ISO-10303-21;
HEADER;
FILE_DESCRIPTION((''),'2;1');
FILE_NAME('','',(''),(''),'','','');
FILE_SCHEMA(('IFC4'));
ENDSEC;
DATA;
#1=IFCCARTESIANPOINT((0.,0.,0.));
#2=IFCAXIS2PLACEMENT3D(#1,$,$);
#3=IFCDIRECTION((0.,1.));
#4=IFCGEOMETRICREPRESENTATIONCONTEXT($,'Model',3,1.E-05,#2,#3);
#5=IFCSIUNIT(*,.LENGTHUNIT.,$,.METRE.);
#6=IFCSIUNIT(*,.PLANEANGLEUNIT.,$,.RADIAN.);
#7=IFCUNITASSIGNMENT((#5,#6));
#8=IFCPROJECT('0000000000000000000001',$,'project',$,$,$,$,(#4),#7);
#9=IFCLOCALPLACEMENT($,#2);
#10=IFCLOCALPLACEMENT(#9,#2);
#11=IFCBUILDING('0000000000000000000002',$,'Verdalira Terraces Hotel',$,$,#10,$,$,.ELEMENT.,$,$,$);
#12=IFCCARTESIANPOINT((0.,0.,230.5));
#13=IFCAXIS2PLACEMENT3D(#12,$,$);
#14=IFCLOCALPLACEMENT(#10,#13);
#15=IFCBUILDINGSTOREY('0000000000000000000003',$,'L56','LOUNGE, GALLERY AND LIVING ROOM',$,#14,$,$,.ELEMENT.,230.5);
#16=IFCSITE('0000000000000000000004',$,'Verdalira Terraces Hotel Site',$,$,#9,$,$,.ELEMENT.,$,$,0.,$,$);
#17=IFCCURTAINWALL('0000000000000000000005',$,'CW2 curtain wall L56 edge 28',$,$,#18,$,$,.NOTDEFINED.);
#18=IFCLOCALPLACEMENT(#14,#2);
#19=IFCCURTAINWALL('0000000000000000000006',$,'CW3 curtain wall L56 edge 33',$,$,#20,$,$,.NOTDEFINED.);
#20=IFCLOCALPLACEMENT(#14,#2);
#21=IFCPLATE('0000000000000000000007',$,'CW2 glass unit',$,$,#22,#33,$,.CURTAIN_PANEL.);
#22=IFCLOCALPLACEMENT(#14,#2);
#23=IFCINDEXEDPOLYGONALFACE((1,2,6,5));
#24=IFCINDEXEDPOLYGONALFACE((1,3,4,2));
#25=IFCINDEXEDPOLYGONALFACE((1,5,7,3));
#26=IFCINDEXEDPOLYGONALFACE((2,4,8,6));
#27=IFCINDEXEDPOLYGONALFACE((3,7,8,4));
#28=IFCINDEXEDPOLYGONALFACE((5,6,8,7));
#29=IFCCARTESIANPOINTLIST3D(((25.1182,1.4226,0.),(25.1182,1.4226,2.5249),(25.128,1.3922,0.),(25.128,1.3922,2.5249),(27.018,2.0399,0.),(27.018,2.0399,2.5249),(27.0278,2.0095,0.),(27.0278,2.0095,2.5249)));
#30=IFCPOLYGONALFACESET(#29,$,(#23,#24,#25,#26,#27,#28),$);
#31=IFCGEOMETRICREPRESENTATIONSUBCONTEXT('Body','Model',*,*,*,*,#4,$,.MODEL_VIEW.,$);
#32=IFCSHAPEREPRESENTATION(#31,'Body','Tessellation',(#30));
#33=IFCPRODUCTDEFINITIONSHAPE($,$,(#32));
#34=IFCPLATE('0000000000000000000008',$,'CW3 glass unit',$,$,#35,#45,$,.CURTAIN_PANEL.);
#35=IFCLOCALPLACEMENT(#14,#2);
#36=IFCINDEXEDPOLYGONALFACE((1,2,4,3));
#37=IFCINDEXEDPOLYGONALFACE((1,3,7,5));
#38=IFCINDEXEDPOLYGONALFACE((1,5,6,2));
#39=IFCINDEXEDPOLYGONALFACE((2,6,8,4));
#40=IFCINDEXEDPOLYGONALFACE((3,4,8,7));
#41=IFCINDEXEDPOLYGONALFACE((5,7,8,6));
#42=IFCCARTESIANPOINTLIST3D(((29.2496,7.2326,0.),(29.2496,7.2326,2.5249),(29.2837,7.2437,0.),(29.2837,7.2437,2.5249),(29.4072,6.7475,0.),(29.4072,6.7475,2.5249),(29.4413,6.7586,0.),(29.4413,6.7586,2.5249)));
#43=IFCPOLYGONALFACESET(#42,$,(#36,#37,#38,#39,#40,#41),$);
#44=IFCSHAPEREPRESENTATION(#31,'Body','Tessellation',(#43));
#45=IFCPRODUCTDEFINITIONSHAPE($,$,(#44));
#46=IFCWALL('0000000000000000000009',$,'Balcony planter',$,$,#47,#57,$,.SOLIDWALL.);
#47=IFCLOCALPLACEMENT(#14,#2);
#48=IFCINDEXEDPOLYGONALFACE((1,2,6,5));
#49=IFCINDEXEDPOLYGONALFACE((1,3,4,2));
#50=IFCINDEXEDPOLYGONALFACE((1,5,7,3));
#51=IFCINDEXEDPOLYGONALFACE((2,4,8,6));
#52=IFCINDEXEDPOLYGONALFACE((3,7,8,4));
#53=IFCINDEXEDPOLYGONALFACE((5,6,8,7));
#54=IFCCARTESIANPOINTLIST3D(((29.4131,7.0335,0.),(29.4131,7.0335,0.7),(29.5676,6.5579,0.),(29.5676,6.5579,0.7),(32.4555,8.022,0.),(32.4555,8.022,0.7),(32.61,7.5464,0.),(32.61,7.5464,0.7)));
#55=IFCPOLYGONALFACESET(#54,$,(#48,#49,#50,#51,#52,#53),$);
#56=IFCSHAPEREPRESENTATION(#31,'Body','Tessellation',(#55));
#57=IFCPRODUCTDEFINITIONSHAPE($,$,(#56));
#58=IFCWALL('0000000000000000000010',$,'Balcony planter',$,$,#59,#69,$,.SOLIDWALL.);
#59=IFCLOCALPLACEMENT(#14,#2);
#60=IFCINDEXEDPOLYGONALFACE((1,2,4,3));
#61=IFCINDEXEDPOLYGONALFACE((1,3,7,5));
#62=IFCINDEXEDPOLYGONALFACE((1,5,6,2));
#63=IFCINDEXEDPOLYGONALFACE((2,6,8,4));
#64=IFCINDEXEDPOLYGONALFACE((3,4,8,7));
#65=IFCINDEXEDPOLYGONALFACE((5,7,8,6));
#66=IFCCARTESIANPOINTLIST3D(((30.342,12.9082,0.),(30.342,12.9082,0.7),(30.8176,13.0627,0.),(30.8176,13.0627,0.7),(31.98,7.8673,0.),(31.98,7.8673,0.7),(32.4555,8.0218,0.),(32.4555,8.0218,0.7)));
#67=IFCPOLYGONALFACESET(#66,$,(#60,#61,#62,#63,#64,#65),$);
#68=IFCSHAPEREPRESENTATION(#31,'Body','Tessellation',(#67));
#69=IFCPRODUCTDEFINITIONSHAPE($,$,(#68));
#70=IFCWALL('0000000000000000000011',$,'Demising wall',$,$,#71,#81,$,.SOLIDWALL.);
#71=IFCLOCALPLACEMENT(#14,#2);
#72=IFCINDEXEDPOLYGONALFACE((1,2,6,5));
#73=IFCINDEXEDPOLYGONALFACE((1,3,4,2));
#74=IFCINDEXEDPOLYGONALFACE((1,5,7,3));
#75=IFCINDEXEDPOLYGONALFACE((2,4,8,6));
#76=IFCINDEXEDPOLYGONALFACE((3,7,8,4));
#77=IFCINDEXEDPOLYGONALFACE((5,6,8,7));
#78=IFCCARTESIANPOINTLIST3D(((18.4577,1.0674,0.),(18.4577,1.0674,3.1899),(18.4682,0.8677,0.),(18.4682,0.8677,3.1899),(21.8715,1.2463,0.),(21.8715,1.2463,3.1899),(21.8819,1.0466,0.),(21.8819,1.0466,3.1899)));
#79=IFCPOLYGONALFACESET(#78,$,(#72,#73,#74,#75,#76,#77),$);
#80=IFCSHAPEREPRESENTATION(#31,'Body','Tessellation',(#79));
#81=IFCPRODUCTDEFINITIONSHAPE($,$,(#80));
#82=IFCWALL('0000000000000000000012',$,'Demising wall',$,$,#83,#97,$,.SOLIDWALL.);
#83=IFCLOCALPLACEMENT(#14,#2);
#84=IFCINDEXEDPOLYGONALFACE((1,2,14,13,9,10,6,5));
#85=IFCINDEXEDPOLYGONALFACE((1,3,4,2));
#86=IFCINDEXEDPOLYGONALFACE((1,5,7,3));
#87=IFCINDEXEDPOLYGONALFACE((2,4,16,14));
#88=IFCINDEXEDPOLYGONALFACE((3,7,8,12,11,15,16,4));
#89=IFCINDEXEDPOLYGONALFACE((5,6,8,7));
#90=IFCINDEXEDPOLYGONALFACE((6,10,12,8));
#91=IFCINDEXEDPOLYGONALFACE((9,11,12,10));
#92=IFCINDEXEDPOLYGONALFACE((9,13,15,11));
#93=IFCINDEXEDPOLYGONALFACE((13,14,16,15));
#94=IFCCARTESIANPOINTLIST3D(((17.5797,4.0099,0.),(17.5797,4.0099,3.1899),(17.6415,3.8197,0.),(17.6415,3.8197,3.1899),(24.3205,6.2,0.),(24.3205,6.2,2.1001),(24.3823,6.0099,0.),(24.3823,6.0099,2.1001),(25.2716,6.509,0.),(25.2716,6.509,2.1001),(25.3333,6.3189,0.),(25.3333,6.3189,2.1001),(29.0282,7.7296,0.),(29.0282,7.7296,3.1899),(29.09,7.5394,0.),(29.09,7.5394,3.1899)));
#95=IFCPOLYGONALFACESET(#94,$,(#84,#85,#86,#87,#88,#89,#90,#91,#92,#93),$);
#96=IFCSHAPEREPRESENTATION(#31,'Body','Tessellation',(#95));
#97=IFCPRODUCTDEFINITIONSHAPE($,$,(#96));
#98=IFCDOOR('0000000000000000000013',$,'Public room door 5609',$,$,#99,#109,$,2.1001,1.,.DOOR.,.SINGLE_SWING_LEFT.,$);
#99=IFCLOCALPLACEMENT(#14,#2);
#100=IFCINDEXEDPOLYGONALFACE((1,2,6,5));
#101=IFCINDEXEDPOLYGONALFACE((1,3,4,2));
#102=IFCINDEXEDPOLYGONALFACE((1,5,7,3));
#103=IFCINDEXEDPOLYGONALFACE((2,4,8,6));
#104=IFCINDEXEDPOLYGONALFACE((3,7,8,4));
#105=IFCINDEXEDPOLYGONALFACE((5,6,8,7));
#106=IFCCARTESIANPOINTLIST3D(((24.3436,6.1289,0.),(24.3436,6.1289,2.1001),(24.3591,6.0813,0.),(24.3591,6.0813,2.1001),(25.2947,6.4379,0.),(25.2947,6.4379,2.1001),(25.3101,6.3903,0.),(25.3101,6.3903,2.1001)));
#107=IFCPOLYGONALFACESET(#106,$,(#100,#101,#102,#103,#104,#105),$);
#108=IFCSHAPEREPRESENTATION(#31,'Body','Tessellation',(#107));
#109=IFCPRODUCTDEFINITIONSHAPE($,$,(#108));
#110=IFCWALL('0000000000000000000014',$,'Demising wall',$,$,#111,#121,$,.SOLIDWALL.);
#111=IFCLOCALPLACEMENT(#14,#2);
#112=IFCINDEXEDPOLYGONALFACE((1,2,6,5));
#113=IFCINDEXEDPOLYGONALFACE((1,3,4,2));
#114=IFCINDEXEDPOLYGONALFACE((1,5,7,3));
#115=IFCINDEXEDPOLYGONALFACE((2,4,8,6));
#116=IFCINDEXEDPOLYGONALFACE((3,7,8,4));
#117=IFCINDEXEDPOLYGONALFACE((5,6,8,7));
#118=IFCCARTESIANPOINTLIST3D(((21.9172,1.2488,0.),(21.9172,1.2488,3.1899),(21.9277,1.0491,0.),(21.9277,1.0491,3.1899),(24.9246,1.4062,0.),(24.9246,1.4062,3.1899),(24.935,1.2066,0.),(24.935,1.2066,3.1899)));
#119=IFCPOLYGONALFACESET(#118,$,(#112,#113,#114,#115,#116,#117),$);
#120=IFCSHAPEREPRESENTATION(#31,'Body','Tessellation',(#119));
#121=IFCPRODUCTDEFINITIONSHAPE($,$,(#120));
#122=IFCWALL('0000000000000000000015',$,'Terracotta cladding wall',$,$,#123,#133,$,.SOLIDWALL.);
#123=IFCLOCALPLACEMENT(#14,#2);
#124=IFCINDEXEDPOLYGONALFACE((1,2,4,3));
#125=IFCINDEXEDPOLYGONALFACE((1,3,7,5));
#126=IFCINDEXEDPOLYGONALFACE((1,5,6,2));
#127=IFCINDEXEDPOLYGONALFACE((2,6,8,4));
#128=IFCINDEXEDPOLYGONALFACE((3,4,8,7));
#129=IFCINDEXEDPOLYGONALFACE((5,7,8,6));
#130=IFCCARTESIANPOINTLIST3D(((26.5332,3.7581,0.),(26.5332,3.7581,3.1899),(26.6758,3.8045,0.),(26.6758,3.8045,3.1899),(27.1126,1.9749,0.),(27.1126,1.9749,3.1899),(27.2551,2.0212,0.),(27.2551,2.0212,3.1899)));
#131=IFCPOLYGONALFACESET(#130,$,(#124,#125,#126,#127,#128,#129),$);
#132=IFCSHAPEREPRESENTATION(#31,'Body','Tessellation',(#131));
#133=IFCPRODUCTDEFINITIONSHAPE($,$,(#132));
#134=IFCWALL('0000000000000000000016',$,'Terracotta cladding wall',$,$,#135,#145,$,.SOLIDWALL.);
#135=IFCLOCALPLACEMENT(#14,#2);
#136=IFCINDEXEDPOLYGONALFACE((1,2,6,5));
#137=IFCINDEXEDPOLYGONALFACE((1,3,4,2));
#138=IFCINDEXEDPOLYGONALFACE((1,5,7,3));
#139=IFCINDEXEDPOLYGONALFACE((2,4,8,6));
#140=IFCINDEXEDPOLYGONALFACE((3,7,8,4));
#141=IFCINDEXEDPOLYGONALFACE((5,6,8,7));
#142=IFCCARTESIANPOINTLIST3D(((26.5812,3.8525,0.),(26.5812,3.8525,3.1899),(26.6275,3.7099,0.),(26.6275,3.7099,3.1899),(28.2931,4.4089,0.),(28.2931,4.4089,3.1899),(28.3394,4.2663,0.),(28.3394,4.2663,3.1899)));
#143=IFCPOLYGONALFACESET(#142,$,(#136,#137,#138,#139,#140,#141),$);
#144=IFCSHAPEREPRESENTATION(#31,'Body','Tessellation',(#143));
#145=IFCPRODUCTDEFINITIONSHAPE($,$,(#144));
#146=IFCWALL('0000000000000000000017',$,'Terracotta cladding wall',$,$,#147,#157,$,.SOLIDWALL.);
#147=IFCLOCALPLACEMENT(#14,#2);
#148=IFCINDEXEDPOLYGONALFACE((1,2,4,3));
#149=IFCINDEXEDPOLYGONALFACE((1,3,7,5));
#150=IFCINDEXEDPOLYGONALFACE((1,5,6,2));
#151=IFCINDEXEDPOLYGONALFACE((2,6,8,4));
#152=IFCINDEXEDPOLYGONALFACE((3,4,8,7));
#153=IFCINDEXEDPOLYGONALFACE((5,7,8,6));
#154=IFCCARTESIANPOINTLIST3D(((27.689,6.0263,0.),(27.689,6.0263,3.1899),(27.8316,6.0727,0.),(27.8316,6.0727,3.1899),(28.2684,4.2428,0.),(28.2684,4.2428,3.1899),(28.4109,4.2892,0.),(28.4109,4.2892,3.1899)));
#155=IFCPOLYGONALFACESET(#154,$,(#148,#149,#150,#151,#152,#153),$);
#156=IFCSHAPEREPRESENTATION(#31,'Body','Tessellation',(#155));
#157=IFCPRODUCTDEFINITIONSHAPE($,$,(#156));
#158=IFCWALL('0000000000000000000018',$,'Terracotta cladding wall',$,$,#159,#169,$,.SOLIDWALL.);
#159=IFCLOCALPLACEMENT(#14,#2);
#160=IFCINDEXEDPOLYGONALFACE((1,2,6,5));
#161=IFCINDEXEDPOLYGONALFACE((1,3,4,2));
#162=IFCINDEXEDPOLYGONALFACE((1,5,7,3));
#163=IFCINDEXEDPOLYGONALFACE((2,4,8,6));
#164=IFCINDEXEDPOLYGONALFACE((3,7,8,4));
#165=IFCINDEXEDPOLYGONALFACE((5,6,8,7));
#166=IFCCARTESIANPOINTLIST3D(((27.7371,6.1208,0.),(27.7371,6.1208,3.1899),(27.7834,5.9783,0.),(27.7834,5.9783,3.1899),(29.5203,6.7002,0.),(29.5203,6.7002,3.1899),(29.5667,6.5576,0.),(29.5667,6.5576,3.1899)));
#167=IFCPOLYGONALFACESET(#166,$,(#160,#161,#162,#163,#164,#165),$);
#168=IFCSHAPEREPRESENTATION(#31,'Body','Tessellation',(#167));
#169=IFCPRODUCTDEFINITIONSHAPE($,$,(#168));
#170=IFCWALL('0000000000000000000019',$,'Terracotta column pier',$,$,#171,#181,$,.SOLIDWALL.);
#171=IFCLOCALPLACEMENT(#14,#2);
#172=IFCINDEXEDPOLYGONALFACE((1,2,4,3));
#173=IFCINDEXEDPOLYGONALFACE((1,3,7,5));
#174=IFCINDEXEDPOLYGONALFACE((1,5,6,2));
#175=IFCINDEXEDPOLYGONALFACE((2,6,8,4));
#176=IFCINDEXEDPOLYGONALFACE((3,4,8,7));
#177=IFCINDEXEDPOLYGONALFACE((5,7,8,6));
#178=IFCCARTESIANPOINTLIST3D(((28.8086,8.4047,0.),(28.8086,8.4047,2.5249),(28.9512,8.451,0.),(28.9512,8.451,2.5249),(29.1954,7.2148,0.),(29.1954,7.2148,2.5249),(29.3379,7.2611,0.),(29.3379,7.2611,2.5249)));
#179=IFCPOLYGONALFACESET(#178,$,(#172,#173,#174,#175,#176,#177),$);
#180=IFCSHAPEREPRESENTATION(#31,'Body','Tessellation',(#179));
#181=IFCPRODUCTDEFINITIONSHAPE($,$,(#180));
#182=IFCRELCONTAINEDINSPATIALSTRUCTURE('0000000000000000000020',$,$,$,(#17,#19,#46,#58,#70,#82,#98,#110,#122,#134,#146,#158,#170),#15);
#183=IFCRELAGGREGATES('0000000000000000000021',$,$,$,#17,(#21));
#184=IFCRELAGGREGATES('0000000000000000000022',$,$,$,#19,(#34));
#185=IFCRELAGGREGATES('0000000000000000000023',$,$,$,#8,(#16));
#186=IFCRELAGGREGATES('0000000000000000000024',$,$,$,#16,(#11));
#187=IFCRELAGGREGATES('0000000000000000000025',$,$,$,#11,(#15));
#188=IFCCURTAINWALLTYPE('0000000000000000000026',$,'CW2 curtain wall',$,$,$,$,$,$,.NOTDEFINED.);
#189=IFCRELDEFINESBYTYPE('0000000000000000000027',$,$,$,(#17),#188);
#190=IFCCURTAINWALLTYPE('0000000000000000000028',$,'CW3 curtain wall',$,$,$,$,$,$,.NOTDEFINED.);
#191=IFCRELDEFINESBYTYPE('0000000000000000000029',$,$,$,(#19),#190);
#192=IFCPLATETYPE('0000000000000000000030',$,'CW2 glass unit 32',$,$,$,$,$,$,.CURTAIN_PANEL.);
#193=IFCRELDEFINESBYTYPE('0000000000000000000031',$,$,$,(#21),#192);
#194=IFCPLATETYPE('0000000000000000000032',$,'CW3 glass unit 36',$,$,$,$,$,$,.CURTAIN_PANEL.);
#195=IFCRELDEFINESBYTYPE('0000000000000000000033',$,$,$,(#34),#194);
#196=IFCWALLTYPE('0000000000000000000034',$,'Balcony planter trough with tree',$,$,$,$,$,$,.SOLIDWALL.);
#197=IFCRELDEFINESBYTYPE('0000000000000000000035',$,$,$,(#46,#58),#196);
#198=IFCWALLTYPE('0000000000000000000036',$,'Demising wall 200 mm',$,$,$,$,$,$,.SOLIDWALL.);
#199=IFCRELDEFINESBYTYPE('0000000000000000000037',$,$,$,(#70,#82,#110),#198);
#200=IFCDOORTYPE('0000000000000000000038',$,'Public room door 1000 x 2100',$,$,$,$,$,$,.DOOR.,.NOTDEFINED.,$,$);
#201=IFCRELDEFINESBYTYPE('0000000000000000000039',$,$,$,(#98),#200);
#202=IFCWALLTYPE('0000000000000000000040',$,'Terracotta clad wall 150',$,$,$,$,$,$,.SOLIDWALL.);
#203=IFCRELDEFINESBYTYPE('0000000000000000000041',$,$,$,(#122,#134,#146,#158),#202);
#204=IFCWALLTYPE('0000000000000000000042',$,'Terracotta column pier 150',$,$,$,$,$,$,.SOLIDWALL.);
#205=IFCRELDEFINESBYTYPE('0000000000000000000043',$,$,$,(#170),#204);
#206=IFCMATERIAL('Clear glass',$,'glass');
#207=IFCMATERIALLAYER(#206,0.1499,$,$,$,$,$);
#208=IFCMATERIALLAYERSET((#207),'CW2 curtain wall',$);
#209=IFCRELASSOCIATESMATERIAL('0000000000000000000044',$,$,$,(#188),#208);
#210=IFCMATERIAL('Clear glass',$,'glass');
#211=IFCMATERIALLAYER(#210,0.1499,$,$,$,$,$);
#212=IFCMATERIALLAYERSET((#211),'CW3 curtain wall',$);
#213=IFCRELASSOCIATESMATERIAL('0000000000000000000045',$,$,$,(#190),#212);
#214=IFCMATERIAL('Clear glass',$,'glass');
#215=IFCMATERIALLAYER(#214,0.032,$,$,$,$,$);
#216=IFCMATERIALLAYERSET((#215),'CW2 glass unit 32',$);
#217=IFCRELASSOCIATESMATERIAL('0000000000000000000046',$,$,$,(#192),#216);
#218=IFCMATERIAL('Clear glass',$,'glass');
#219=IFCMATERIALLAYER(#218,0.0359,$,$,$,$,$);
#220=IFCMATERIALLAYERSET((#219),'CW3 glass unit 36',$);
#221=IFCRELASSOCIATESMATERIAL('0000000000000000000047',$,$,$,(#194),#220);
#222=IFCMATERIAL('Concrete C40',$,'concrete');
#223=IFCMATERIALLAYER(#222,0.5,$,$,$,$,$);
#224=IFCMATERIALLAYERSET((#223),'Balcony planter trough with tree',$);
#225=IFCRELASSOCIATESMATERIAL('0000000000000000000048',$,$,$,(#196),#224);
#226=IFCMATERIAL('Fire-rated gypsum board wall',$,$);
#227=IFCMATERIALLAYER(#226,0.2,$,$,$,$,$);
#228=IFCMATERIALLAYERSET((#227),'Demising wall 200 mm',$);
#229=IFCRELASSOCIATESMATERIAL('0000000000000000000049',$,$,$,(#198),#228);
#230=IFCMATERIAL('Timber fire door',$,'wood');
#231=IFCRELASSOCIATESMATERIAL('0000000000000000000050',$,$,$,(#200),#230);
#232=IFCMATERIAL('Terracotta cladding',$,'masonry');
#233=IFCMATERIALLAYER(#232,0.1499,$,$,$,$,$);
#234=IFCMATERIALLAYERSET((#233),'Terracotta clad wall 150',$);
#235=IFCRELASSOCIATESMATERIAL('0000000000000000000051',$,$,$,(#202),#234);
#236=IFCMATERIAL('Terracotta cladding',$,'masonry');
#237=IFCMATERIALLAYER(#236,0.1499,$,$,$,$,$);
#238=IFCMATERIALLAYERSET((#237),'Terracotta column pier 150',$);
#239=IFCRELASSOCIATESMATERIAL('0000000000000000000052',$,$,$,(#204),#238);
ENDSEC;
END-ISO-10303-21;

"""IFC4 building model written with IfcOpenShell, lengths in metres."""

from ifc_helpers import new_model, si_unit, direction, frame, frame_2d, origin, origin_2d, place, context, subcontext, project, spatial, rectangle, extrude, material, layer, layer_set, type_object, element, fill, aggregate, save


model = new_model("IFC4")

# Units and contexts
model_context = context("Model", 3, precision=1e-05, world=origin(), true_north=direction((0.0, 1.0)))
body_context = subcontext(model_context, "Body", "Model", "MODEL_VIEW")
ifc_project = project(units=[si_unit("LENGTHUNIT", "METRE"), si_unit("PLANEANGLEUNIT", "RADIAN")], contexts=[model_context])

# Site, building, storey
site_placement = place(None, origin())
site = spatial("IfcSite", under=ifc_project, at=site_placement, Name="Verdalira Terraces Hotel Site", CompositionType="ELEMENT", RefElevation=0.0)
building_placement = place(site_placement, origin())
building = spatial("IfcBuilding", under=site, at=building_placement, Name="Verdalira Terraces Hotel", CompositionType="ELEMENT")
storey_placement = place(building_placement, frame((0.0, 0.0, 230.5)))
storey = spatial("IfcBuildingStorey", under=building, at=storey_placement, Name="L56", Description="LOUNGE, GALLERY AND LIVING ROOM", CompositionType="ELEMENT", Elevation=230.5)

# Curtain walls
ifc_material_1 = material(Name="Clear glass", Category="glass")
ifc_layer_1 = layer(ifc_material_1, 0.1499)
ifc_layer_set_1 = layer_set([ifc_layer_1], Name="CW2 curtain wall")
curtain_wall_type_1 = type_object("IfcCurtainWallType", Name="CW2 curtain wall", PredefinedType="NOTDEFINED", material=ifc_layer_set_1)
curtain_wall_1_placement = place(storey_placement, origin())
curtain_wall_1 = element("IfcCurtainWall", 1, at=curtain_wall_1_placement, inside=storey, type_object=curtain_wall_type_1, Name="CW2 curtain wall L56 edge 28", PredefinedType="NOTDEFINED")
ifc_material_2 = material(Name="Clear glass", Category="glass")
ifc_layer_2 = layer(ifc_material_2, 0.1499)
ifc_layer_set_2 = layer_set([ifc_layer_2], Name="CW3 curtain wall")
curtain_wall_type_2 = type_object("IfcCurtainWallType", Name="CW3 curtain wall", PredefinedType="NOTDEFINED", material=ifc_layer_set_2)
curtain_wall_2_placement = place(storey_placement, origin())
curtain_wall_2 = element("IfcCurtainWall", 2, at=curtain_wall_2_placement, inside=storey, type_object=curtain_wall_type_2, Name="CW3 curtain wall L56 edge 33", PredefinedType="NOTDEFINED")

# Plates
ifc_material_3 = material(Name="Clear glass", Category="glass")
ifc_layer_3 = layer(ifc_material_3, 0.032)
ifc_layer_set_3 = layer_set([ifc_layer_3], Name="CW2 glass unit 32")
plate_type_1 = type_object("IfcPlateType", Name="CW2 glass unit 32", PredefinedType="CURTAIN_PANEL", material=ifc_layer_set_3)
plate_1_placement = place(storey_placement, frame((26.073, 1.7161, 0.0), z_axis=(0.0, 0.0, 1.0), x_axis=(0.951057, 0.309017, 0.0)))
plate_1 = element("IfcPlate", 3, at=plate_1_placement, type_object=plate_type_1, Name="CW2 glass unit", PredefinedType="CURTAIN_PANEL", context=body_context, shape_type="SweptSolid", body=[
    extrude(rectangle(XDim=1.9976, YDim=0.032, at=origin_2d()), origin(), (0.0, 0.0, 1.0), 2.5249),
])
aggregate(curtain_wall_1, [plate_1])
ifc_material_4 = material(Name="Clear glass", Category="glass")
ifc_layer_4 = layer(ifc_material_4, 0.0359)
ifc_layer_set_4 = layer_set([ifc_layer_4], Name="CW3 glass unit 36")
plate_type_2 = type_object("IfcPlateType", Name="CW3 glass unit 36", PredefinedType="CURTAIN_PANEL", material=ifc_layer_set_4)
plate_2_placement = place(storey_placement, frame((29.3455, 6.9956, 0.0), z_axis=(0.0, 0.0, 1.0), x_axis=(-0.309017, 0.951057, 0.0)))
plate_2 = element("IfcPlate", 4, at=plate_2_placement, type_object=plate_type_2, Name="CW3 glass unit", PredefinedType="CURTAIN_PANEL", context=body_context, shape_type="SweptSolid", body=[
    extrude(rectangle(XDim=0.51, YDim=0.0359, at=origin_2d()), origin(), (0.0, 0.0, 1.0), 2.5249),
])
aggregate(curtain_wall_2, [plate_2])

# Walls
ifc_material_5 = material(Name="Concrete C40", Category="concrete")
ifc_layer_5 = layer(ifc_material_5, 0.5)
ifc_layer_set_5 = layer_set([ifc_layer_5], Name="Balcony planter trough with tree")
wall_type_1 = type_object("IfcWallType", Name="Balcony planter trough with tree", PredefinedType="SOLIDWALL", material=ifc_layer_set_5)
wall_1_placement = place(storey_placement, frame((29.4902, 6.7957, 0.0), z_axis=(0.0, 0.0, 1.0), x_axis=(0.95106, 0.309007, 0.0)))
element("IfcWall", 5, at=wall_1_placement, inside=storey, type_object=wall_type_1, Name="Balcony planter", PredefinedType="SOLIDWALL", context=body_context, shape_type="SweptSolid", body=[
    extrude(rectangle(XDim=3.199, YDim=0.5, at=frame_2d((1.5996, 0.0))), origin(), (0.0, 0.0, 1.0), 0.7),
])
wall_2_placement = place(storey_placement, frame((32.2178, 7.9446, 0.0), z_axis=(0.0, 0.0, 1.0), x_axis=(-0.309033, 0.951051, 0.0)))
element("IfcWall", 6, at=wall_2_placement, inside=storey, type_object=wall_type_1, Name="Balcony planter", PredefinedType="SOLIDWALL", context=body_context, shape_type="SweptSolid", body=[
    extrude(rectangle(XDim=5.3003, YDim=0.5, at=frame_2d((2.6501, 0.0))), origin(), (0.0, 0.0, 1.0), 0.7),
])
ifc_material_6 = material(Name="Fire-rated gypsum board wall")
ifc_layer_6 = layer(ifc_material_6, 0.2)
ifc_layer_set_6 = layer_set([ifc_layer_6], Name="Demising wall 200 mm")
wall_type_2 = type_object("IfcWallType", Name="Demising wall 200 mm", PredefinedType="SOLIDWALL", material=ifc_layer_set_6)
wall_3_placement = place(storey_placement, frame((21.8767, 1.1465, 0.0), z_axis=(0.0, 0.0, 1.0), x_axis=(-0.998629, -0.052349, 0.0)))
element("IfcWall", 7, at=wall_3_placement, inside=storey, type_object=wall_type_2, Name="Demising wall", PredefinedType="SOLIDWALL", context=body_context, shape_type="SweptSolid", body=[
    extrude(rectangle(XDim=3.4185, YDim=0.2, at=frame_2d((1.7092, 0.0))), origin(), (0.0, 0.0, 1.0), 3.1899),
])

# Wall, opening, door
wall_4_placement = place(storey_placement, frame((29.0591, 7.6345, 0.0), z_axis=(0.0, 0.0, 1.0), x_axis=(-0.951059, -0.309009, 0.0)))
wall_4 = element("IfcWall", 8, at=wall_4_placement, inside=storey, type_object=wall_type_2, Name="Demising wall", PredefinedType="SOLIDWALL", context=body_context, shape_type="SweptSolid", body=[
    extrude(rectangle(XDim=12.0376, YDim=0.2, at=frame_2d((6.0188, 0.0))), origin(), (0.0, 0.0, 1.0), 3.1899),
])
opening_placement = place(wall_4_placement, frame((3.95, 0.0, 0.0)))
opening = element("IfcOpeningElement", 9, at=opening_placement, cuts=wall_4, PredefinedType="OPENING", context=body_context, shape_type="SweptSolid", body=[
    extrude(rectangle(XDim=1.0, YDim=2.1001, at=frame_2d((0.5, 1.05))), frame((0.0, 0.1099, 0.0), z_axis=(0.0, -1.0, 0.0), x_axis=(1.0, 0.0, 0.0)), (0.0, 0.0, 1.0), 0.22),
])
ifc_material_7 = material(Name="Timber fire door", Category="wood")
door_type = type_object("IfcDoorType", Name="Public room door 1000 x 2100", OperationType="NOTDEFINED", PredefinedType="DOOR", material=ifc_material_7)
door_placement = place(opening_placement, origin())
door = element("IfcDoor", 10, at=door_placement, inside=storey, type_object=door_type, Name="Public room door 5609", OperationType="SINGLE_SWING_LEFT", OverallHeight=2.1001, OverallWidth=1.0, PredefinedType="DOOR", context=body_context, shape_type="SweptSolid", body=[
    extrude(rectangle(XDim=1.0, YDim=2.1001, at=frame_2d((0.5, 1.05))), frame((0.0, 0.0249, 0.0), z_axis=(0.0, -1.0, 0.0), x_axis=(1.0, 0.0, 0.0)), (0.0, 0.0, 1.0), 0.05),
])
fill(opening, door)

# Walls
wall_5_placement = place(storey_placement, frame((24.9299, 1.3064, 0.0), z_axis=(0.0, 0.0, 1.0), x_axis=(-0.998632, -0.052291, 0.0)))
element("IfcWall", 11, at=wall_5_placement, inside=storey, type_object=wall_type_2, Name="Demising wall", PredefinedType="SOLIDWALL", context=body_context, shape_type="SweptSolid", body=[
    extrude(rectangle(XDim=3.0115, YDim=0.2, at=frame_2d((1.5059, 0.0))), origin(), (0.0, 0.0, 1.0), 3.1899),
])
ifc_material_8 = material(Name="Terracotta cladding", Category="masonry")
ifc_layer_7 = layer(ifc_material_8, 0.1499)
ifc_layer_set_7 = layer_set([ifc_layer_7], Name="Terracotta clad wall 150")
wall_type_3 = type_object("IfcWallType", Name="Terracotta clad wall 150", PredefinedType="SOLIDWALL", material=ifc_layer_set_7)
wall_6_placement = place(storey_placement, frame((27.1838, 1.998, 0.0), z_axis=(0.0, 0.0, 1.0), x_axis=(-0.308992, 0.951065, 0.0)))
element("IfcWall", 12, at=wall_6_placement, inside=storey, type_object=wall_type_3, Name="Terracotta cladding wall", PredefinedType="SOLIDWALL", context=body_context, shape_type="SweptSolid", body=[
    extrude(rectangle(XDim=1.875, YDim=0.1499, at=frame_2d((0.9375, 0.0))), origin(), (0.0, 0.0, 1.0), 3.1899),
])
wall_7_placement = place(storey_placement, frame((26.6045, 3.7812, 0.0), z_axis=(0.0, 0.0, 1.0), x_axis=(0.95103, 0.309098, 0.0)))
element("IfcWall", 13, at=wall_7_placement, inside=storey, type_object=wall_type_3, Name="Terracotta cladding wall", PredefinedType="SOLIDWALL", context=body_context, shape_type="SweptSolid", body=[
    extrude(rectangle(XDim=1.8, YDim=0.1499, at=frame_2d((0.8999, 0.0))), origin(), (0.0, 0.0, 1.0), 3.1899),
])
wall_8_placement = place(storey_placement, frame((28.3396, 4.2661, 0.0), z_axis=(0.0, 0.0, 1.0), x_axis=(-0.308954, 0.951077, 0.0)))
element("IfcWall", 14, at=wall_8_placement, inside=storey, type_object=wall_type_3, Name="Terracotta cladding wall", PredefinedType="SOLIDWALL", context=body_context, shape_type="SweptSolid", body=[
    extrude(rectangle(XDim=1.8752, YDim=0.1499, at=frame_2d((0.9375, 0.0))), origin(), (0.0, 0.0, 1.0), 3.1899),
])
wall_9_placement = place(storey_placement, frame((27.7603, 6.0496, 0.0), z_axis=(0.0, 0.0, 1.0), x_axis=(0.951065, 0.308992, 0.0)))
element("IfcWall", 15, at=wall_9_placement, inside=storey, type_object=wall_type_3, Name="Terracotta cladding wall", PredefinedType="SOLIDWALL", context=body_context, shape_type="SweptSolid", body=[
    extrude(rectangle(XDim=1.875, YDim=0.1499, at=frame_2d((0.9375, 0.0))), origin(), (0.0, 0.0, 1.0), 3.1899),
])
ifc_material_9 = material(Name="Terracotta cladding", Category="masonry")
ifc_layer_8 = layer(ifc_material_9, 0.1499)
ifc_layer_set_8 = layer_set([ifc_layer_8], Name="Terracotta column pier 150")
wall_type_4 = type_object("IfcWallType", Name="Terracotta column pier 150", PredefinedType="SOLIDWALL", material=ifc_layer_set_8)
wall_10_placement = place(storey_placement, frame((29.2666, 7.238, 0.0), z_axis=(0.0, 0.0, 1.0), x_axis=(-0.309077, 0.951037, 0.0)))
element("IfcWall", 16, at=wall_10_placement, inside=storey, type_object=wall_type_4, Name="Terracotta column pier", PredefinedType="SOLIDWALL", context=body_context, shape_type="SweptSolid", body=[
    extrude(rectangle(XDim=1.2512, YDim=0.1499, at=frame_2d((0.6255, 0.0))), origin(), (0.0, 0.0, 1.0), 2.5249),
])

save(model, "model.ifc")
